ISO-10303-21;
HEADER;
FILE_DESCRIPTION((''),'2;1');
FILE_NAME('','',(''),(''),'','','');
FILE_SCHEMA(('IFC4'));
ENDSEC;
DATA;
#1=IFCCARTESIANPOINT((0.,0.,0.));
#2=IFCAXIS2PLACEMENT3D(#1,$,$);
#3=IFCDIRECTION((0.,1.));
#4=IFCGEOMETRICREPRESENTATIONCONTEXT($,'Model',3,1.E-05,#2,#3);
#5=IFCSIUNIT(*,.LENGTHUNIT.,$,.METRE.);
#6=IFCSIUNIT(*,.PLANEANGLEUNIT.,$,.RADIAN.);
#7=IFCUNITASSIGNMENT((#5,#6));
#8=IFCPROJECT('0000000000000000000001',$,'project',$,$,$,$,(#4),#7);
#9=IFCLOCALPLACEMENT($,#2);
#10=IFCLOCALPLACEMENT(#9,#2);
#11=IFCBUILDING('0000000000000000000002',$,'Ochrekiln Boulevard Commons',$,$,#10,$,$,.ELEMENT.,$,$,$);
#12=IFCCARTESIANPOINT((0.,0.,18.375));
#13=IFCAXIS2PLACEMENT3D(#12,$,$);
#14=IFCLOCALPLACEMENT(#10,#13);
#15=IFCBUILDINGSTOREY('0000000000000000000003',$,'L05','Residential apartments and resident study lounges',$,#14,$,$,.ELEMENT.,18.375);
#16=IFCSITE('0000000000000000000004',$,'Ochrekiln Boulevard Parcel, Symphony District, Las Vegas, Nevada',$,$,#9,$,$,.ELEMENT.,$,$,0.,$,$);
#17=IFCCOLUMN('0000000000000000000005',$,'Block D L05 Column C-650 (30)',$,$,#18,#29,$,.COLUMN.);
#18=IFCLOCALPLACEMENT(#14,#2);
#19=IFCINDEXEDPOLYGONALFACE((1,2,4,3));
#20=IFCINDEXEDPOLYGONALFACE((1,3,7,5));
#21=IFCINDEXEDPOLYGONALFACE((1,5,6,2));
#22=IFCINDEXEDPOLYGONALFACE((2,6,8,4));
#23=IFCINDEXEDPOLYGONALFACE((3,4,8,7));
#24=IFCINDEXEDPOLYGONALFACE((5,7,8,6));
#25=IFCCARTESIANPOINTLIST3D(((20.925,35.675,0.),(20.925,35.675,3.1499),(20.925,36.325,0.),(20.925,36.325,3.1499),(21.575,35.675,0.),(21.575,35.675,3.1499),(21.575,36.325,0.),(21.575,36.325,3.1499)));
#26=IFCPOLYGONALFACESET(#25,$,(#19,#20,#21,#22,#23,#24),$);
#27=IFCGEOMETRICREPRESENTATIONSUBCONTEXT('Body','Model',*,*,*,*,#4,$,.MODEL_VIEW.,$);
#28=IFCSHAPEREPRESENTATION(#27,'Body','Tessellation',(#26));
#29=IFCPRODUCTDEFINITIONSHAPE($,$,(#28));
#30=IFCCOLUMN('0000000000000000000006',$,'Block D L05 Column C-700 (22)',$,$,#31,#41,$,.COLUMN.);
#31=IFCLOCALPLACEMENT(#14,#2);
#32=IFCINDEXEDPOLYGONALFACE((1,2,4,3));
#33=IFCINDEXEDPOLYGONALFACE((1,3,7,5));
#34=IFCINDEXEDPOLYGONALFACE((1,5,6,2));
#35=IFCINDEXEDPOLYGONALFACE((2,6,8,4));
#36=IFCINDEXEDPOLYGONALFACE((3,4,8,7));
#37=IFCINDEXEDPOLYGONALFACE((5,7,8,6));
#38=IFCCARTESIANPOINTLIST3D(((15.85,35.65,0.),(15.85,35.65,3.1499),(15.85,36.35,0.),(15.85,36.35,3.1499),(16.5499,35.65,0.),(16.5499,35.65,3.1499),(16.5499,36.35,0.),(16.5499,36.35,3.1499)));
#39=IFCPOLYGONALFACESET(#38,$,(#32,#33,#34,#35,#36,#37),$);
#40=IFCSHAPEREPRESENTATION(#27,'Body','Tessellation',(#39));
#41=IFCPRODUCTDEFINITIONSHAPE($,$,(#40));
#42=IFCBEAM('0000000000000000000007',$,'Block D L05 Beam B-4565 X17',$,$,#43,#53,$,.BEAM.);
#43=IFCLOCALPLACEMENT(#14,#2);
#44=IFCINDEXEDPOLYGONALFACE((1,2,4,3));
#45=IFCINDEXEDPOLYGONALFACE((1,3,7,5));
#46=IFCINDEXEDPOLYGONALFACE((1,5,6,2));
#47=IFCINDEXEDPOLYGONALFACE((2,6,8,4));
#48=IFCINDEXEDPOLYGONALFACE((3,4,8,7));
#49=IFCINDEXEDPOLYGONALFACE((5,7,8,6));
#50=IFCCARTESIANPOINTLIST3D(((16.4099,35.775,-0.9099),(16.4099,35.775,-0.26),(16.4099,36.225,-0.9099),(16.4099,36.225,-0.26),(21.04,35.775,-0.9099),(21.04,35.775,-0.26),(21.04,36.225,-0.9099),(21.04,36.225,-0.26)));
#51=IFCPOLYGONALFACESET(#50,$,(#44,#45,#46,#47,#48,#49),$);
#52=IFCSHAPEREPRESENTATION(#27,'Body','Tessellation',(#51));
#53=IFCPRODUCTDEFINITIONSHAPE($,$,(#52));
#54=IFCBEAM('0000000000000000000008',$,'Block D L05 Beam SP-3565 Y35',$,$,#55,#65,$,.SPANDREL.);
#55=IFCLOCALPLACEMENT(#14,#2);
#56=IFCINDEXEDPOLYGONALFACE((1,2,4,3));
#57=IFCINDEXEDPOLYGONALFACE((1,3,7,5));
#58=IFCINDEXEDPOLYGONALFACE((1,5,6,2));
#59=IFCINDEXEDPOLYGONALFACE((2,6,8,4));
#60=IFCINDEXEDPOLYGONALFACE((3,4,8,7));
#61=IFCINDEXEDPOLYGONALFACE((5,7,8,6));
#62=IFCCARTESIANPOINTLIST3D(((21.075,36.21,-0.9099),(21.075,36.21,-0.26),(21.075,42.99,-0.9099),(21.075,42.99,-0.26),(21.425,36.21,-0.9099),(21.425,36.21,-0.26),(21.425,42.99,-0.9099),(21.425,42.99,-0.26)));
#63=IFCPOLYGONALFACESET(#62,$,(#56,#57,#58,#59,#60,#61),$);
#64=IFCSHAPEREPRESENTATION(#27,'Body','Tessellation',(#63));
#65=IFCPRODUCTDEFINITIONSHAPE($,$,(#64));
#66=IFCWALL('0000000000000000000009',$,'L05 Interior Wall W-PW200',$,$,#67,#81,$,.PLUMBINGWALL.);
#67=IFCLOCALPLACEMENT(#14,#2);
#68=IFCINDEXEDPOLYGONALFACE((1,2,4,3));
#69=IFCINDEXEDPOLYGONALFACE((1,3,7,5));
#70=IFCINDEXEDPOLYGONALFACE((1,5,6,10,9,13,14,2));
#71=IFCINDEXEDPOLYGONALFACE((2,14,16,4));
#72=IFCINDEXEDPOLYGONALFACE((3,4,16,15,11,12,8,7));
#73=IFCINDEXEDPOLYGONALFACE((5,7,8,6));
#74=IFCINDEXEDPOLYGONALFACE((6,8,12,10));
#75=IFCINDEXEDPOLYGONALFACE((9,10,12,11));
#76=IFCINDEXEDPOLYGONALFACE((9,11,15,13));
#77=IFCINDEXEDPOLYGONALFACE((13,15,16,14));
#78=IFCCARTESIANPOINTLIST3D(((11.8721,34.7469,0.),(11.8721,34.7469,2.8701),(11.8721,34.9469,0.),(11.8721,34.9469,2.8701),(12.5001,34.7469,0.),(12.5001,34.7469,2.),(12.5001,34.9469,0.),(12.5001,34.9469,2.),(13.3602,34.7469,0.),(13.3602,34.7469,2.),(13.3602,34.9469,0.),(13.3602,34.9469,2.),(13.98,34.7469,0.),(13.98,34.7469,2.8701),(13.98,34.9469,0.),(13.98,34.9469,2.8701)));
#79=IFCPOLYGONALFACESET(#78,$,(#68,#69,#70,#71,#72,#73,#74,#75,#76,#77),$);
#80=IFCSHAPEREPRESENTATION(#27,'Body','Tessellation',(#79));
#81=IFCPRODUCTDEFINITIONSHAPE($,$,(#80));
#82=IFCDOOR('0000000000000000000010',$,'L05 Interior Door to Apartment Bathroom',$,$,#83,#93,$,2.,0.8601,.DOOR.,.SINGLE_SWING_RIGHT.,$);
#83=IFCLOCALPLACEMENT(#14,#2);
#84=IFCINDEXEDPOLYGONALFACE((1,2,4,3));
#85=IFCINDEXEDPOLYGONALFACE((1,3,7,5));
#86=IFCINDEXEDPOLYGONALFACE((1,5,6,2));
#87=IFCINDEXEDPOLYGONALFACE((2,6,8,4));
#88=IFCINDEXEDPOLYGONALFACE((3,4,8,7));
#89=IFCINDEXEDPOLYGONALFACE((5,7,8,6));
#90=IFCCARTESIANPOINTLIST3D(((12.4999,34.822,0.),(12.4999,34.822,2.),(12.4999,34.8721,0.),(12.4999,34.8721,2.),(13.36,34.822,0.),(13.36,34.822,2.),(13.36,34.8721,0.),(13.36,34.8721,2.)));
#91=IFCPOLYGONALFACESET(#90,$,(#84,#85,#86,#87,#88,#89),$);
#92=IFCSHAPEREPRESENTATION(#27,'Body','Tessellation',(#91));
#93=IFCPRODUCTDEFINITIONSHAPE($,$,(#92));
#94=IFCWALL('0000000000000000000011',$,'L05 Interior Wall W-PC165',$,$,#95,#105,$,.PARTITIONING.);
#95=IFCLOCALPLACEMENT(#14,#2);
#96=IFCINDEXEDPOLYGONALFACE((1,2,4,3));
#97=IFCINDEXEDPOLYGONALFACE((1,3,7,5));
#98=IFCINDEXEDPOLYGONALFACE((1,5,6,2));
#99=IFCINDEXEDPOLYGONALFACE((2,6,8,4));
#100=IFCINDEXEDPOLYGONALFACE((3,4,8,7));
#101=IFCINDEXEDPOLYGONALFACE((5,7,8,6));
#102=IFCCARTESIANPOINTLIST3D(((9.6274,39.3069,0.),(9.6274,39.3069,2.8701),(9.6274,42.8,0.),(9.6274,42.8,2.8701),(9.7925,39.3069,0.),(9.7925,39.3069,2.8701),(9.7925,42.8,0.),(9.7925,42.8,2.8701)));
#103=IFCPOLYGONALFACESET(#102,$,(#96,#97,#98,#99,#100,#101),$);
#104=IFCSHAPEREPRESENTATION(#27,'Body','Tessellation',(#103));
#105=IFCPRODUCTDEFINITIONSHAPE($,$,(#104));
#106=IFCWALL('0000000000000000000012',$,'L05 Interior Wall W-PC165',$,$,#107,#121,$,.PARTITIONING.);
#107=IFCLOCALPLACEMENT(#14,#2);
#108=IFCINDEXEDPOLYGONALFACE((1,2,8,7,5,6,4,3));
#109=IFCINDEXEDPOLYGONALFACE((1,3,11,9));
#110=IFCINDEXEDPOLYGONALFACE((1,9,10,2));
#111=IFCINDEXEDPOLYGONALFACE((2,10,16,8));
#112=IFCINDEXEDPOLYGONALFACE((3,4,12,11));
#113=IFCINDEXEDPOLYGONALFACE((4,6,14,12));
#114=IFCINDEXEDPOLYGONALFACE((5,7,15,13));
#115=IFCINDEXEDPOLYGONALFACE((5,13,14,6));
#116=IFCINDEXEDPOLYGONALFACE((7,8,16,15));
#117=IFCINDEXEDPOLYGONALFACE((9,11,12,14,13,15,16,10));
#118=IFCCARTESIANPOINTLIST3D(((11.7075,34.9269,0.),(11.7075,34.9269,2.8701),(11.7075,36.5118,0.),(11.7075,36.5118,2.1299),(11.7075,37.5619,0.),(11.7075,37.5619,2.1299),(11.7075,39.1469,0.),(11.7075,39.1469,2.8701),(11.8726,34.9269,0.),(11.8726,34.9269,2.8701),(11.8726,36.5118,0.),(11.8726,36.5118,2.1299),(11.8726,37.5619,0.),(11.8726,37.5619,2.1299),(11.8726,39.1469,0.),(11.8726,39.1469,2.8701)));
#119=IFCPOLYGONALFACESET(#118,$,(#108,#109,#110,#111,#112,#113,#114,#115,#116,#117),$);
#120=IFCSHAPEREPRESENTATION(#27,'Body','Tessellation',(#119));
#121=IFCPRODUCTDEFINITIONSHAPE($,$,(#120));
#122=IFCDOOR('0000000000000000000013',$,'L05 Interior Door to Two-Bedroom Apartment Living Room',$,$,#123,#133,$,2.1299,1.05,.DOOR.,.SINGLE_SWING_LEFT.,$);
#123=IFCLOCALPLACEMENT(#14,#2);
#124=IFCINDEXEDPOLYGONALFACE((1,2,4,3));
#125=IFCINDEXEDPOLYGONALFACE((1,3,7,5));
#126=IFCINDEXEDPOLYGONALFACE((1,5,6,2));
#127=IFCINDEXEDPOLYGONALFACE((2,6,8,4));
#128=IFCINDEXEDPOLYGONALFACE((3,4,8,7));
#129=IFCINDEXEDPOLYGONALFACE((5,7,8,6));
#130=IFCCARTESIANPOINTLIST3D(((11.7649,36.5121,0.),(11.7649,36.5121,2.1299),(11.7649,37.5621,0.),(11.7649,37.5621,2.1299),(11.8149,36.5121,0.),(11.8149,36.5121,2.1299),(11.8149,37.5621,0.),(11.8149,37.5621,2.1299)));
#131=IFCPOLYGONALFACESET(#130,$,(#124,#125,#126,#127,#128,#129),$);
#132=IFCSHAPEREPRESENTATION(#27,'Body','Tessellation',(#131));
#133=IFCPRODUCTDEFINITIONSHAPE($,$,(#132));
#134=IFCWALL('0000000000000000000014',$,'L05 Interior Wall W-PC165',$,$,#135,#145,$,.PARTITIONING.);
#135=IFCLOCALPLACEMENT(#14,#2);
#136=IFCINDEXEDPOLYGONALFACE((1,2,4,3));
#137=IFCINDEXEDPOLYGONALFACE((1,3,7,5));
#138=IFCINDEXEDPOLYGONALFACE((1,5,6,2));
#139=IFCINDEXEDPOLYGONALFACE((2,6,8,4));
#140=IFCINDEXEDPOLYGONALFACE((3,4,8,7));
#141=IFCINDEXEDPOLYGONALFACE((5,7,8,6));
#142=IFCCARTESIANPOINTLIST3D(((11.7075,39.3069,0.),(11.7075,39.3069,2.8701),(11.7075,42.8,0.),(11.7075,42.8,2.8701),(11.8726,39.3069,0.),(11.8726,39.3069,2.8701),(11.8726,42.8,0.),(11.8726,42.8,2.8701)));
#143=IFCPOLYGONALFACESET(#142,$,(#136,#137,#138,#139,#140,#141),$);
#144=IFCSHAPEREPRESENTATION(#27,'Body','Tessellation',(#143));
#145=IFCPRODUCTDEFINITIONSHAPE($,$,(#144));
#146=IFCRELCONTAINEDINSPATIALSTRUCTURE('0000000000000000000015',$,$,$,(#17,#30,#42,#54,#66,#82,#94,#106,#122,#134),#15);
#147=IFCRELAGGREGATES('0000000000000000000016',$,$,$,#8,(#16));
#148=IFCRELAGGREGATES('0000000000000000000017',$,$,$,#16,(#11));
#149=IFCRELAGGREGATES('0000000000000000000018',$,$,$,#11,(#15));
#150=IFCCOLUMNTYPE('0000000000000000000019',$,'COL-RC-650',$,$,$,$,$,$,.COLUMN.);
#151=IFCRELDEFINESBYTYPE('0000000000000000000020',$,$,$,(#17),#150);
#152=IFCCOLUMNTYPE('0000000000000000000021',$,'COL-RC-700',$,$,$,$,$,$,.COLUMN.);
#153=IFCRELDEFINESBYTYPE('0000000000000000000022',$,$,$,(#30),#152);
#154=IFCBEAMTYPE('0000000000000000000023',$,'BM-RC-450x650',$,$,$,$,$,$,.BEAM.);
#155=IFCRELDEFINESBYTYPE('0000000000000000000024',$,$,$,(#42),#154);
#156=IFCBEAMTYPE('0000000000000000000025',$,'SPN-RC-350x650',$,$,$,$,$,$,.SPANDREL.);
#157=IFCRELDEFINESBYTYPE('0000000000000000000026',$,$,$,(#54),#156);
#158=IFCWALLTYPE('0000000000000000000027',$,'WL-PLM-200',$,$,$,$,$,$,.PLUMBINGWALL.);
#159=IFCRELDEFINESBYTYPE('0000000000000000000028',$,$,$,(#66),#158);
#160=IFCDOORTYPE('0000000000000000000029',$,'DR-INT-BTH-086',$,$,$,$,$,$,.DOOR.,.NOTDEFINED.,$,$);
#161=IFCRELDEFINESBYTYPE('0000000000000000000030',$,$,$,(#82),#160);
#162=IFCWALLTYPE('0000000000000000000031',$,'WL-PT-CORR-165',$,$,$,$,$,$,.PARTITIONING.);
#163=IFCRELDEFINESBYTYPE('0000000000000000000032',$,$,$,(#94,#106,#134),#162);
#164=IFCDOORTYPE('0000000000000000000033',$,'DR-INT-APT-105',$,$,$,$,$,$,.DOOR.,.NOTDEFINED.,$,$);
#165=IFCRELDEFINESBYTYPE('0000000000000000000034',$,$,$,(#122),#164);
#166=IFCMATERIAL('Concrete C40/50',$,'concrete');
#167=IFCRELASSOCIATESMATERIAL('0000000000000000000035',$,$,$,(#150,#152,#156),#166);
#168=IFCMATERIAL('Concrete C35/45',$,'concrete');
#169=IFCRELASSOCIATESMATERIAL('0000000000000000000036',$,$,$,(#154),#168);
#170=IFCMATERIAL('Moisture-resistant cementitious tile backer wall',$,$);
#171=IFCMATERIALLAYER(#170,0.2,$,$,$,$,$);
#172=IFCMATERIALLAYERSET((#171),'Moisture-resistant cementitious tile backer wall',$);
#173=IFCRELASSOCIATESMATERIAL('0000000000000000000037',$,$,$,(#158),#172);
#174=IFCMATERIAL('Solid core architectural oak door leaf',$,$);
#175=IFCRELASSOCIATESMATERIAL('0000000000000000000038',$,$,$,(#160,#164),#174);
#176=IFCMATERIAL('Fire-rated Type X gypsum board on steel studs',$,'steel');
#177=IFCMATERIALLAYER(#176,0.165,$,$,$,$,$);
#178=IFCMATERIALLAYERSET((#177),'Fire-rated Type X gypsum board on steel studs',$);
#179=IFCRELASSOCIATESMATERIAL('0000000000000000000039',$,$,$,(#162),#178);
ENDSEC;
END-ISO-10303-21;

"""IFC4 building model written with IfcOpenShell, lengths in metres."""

from ifc_helpers import new_model, si_unit, direction, frame, frame_2d, origin, origin_2d, place, context, subcontext, project, spatial, rectangle, extrude, material, layer, layer_set, material_profile, profile_set, type_object, element, fill, save


model = new_model("IFC4")

# Units and contexts
model_context = context("Model", 3, precision=1e-05, world=origin(), true_north=direction((0.0, 1.0)))
body_context = subcontext(model_context, "Body", "Model", "MODEL_VIEW")
ifc_project = project(units=[si_unit("LENGTHUNIT", "METRE"), si_unit("PLANEANGLEUNIT", "RADIAN")], contexts=[model_context])

# Site, building, storey
site_placement = place(None, origin())
site = spatial("IfcSite", under=ifc_project, at=site_placement, Name="Ochrekiln Boulevard Parcel, Symphony District, Las Vegas, Nevada", CompositionType="ELEMENT", RefElevation=0.0)
building_placement = place(site_placement, origin())
building = spatial("IfcBuilding", under=site, at=building_placement, Name="Ochrekiln Boulevard Commons", CompositionType="ELEMENT")
storey_placement = place(building_placement, frame((0.0, 0.0, 18.375)))
storey = spatial("IfcBuildingStorey", under=building, at=storey_placement, Name="L05", Description="Residential apartments and resident study lounges", CompositionType="ELEMENT", Elevation=18.375)

# Columns
ifc_material_1 = material(Name="Concrete C40/50", Category="concrete")
ifc_material_profile_1 = material_profile(ifc_material_1, rectangle(XDim=0.6499, YDim=0.6499, at=origin_2d()), Name="RC-COL-650x650")
ifc_profile_set_1 = profile_set([ifc_material_profile_1], Name="Concrete C40/50")
column_type_1 = type_object("IfcColumnType", Name="COL-RC-650", PredefinedType="COLUMN", material=ifc_profile_set_1)
column_1_placement = place(storey_placement, frame((21.25, 36.0, 0.0), z_axis=(0.0, 0.0, 1.0), x_axis=(1.0, 0.0, 0.0)))
element("IfcColumn", 1, at=column_1_placement, inside=storey, type_object=column_type_1, Name="Block D L05 Column C-650 (30)", PredefinedType="COLUMN", context=body_context, shape_type="SweptSolid", body=[
    extrude(rectangle(XDim=0.6499, YDim=0.6499, at=origin_2d()), origin(), (0.0, 0.0, 1.0), 3.1499),
])
ifc_material_profile_2 = material_profile(ifc_material_1, rectangle(XDim=0.7, YDim=0.7, at=origin_2d()), Name="RC-COL-700x700")
ifc_profile_set_2 = profile_set([ifc_material_profile_2], Name="Concrete C40/50")
column_type_2 = type_object("IfcColumnType", Name="COL-RC-700", PredefinedType="COLUMN", material=ifc_profile_set_2)
column_2_placement = place(storey_placement, frame((16.2, 36.0, 0.0), z_axis=(0.0, 0.0, 1.0), x_axis=(1.0, 0.0, 0.0)))
element("IfcColumn", 2, at=column_2_placement, inside=storey, type_object=column_type_2, Name="Block D L05 Column C-700 (22)", PredefinedType="COLUMN", context=body_context, shape_type="SweptSolid", body=[
    extrude(rectangle(XDim=0.7, YDim=0.7, at=origin_2d()), origin(), (0.0, 0.0, 1.0), 3.1499),
])

# Beams
ifc_material_2 = material(Name="Concrete C35/45", Category="concrete")
ifc_material_profile_3 = material_profile(ifc_material_2, rectangle(XDim=0.45, YDim=0.6499, at=origin_2d()), Name="RC-BM-450x650")
ifc_profile_set_3 = profile_set([ifc_material_profile_3], Name="Concrete C35/45")
beam_type_1 = type_object("IfcBeamType", Name="BM-RC-450x650", PredefinedType="BEAM", material=ifc_profile_set_3)
beam_1_placement = place(storey_placement, frame((16.4099, 36.0, -0.585), z_axis=(1.0, 0.0, 0.0), x_axis=(0.0, 1.0, 0.0)))
element("IfcBeam", 3, at=beam_1_placement, inside=storey, type_object=beam_type_1, Name="Block D L05 Beam B-4565 X17", PredefinedType="BEAM", context=body_context, shape_type="SweptSolid", body=[
    extrude(rectangle(XDim=0.45, YDim=0.6499, at=origin_2d()), origin(), (0.0, 0.0, 1.0), 4.6301),
])
ifc_material_profile_4 = material_profile(ifc_material_1, rectangle(XDim=0.3501, YDim=0.6499, at=origin_2d()), Name="RC-SPN-350x650")
ifc_profile_set_4 = profile_set([ifc_material_profile_4], Name="Concrete C40/50")
beam_type_2 = type_object("IfcBeamType", Name="SPN-RC-350x650", PredefinedType="SPANDREL", material=ifc_profile_set_4)
beam_2_placement = place(storey_placement, frame((21.25, 36.21, -0.585), z_axis=(0.0, 1.0, 0.0), x_axis=(-1.0, 0.0, 0.0)))
element("IfcBeam", 4, at=beam_2_placement, inside=storey, type_object=beam_type_2, Name="Block D L05 Beam SP-3565 Y35", PredefinedType="SPANDREL", context=body_context, shape_type="SweptSolid", body=[
    extrude(rectangle(XDim=0.3501, YDim=0.6499, at=origin_2d()), origin(), (0.0, 0.0, 1.0), 6.78),
])

# Wall, opening, door
ifc_material_3 = material(Name="Moisture-resistant cementitious tile backer wall")
ifc_layer_1 = layer(ifc_material_3, 0.2)
ifc_layer_set_1 = layer_set([ifc_layer_1], Name="Moisture-resistant cementitious tile backer wall")
wall_type_1 = type_object("IfcWallType", Name="WL-PLM-200", PredefinedType="PLUMBINGWALL", material=ifc_layer_set_1)
wall_1_placement = place(storey_placement, frame((11.8721, 34.8469, 0.0), z_axis=(0.0, 0.0, 1.0), x_axis=(1.0, 0.0, 0.0)))
wall_1 = element("IfcWall", 5, at=wall_1_placement, inside=storey, type_object=wall_type_1, Name="L05 Interior Wall W-PW200", PredefinedType="PLUMBINGWALL", context=body_context, shape_type="SweptSolid", body=[
    extrude(rectangle(XDim=2.1079, YDim=0.2, at=frame_2d((1.054, 0.0))), origin(), (0.0, 0.0, 1.0), 2.8701),
])
opening_1_placement = place(wall_1_placement, frame((0.6279, 0.0, 0.0)))
opening_1 = element("IfcOpeningElement", 6, at=opening_1_placement, cuts=wall_1, PredefinedType="OPENING", context=body_context, shape_type="SweptSolid", body=[
    extrude(rectangle(XDim=0.8601, YDim=2.0, at=frame_2d((0.4302, 1.0))), frame((0.0, 0.1099, 0.0), z_axis=(0.0, -1.0, 0.0), x_axis=(1.0, 0.0, 0.0)), (0.0, 0.0, 1.0), 0.22),
])
ifc_material_4 = material(Name="Solid core architectural oak door leaf")
door_type_1 = type_object("IfcDoorType", Name="DR-INT-BTH-086", OperationType="NOTDEFINED", PredefinedType="DOOR", material=ifc_material_4)
door_1_placement = place(opening_1_placement, frame((0.8601, 0.0, 0.0), z_axis=(0.0, 0.0, 1.0), x_axis=(-1.0, 0.0, 0.0)))
door_1 = element("IfcDoor", 7, at=door_1_placement, inside=storey, type_object=door_type_1, Name="L05 Interior Door to Apartment Bathroom", OperationType="SINGLE_SWING_RIGHT", OverallHeight=2.0, OverallWidth=0.8601, PredefinedType="DOOR", context=body_context, shape_type="SweptSolid", body=[
    extrude(rectangle(XDim=0.8601, YDim=2.0, at=frame_2d((0.4302, 1.0))), frame((0.0, 0.0249, 0.0), z_axis=(0.0, -1.0, 0.0), x_axis=(1.0, 0.0, 0.0)), (0.0, 0.0, 1.0), 0.05),
])
fill(opening_1, door_1)

# Wall
ifc_material_5 = material(Name="Fire-rated Type X gypsum board on steel studs", Category="steel")
ifc_layer_2 = layer(ifc_material_5, 0.165)
ifc_layer_set_2 = layer_set([ifc_layer_2], Name="Fire-rated Type X gypsum board on steel studs")
wall_type_2 = type_object("IfcWallType", Name="WL-PT-CORR-165", PredefinedType="PARTITIONING", material=ifc_layer_set_2)
wall_2_placement = place(storey_placement, frame((9.71, 39.3069, 0.0), z_axis=(0.0, 0.0, 1.0), x_axis=(0.0, 1.0, 0.0)))
element("IfcWall", 8, at=wall_2_placement, inside=storey, type_object=wall_type_2, Name="L05 Interior Wall W-PC165", PredefinedType="PARTITIONING", context=body_context, shape_type="SweptSolid", body=[
    extrude(rectangle(XDim=3.4932, YDim=0.165, at=frame_2d((1.7466, 0.0))), origin(), (0.0, 0.0, 1.0), 2.8701),
])

# Wall, opening, door
wall_3_placement = place(storey_placement, frame((11.79, 34.927, 0.0), z_axis=(0.0, 0.0, 1.0), x_axis=(0.0, 1.0, 0.0)))
wall_3 = element("IfcWall", 9, at=wall_3_placement, inside=storey, type_object=wall_type_2, Name="L05 Interior Wall W-PC165", PredefinedType="PARTITIONING", context=body_context, shape_type="SweptSolid", body=[
    extrude(rectangle(XDim=4.22, YDim=0.165, at=frame_2d((2.1099, 0.0))), origin(), (0.0, 0.0, 1.0), 2.8701),
])
opening_2_placement = place(wall_3_placement, frame((1.585, 0.0, 0.0)))
opening_2 = element("IfcOpeningElement", 10, at=opening_2_placement, cuts=wall_3, PredefinedType="OPENING", context=body_context, shape_type="SweptSolid", body=[
    extrude(rectangle(XDim=1.05, YDim=2.1299, at=frame_2d((0.5249, 1.0649))), frame((0.0, 0.0925, 0.0), z_axis=(0.0, -1.0, 0.0), x_axis=(1.0, 0.0, 0.0)), (0.0, 0.0, 1.0), 0.1851),
])
door_type_2 = type_object("IfcDoorType", Name="DR-INT-APT-105", OperationType="NOTDEFINED", PredefinedType="DOOR", material=ifc_material_4)
door_2_placement = place(opening_2_placement, frame((1.05, 0.0, 0.0), z_axis=(0.0, 0.0, 1.0), x_axis=(-1.0, 0.0, 0.0)))
door_2 = element("IfcDoor", 11, at=door_2_placement, inside=storey, type_object=door_type_2, Name="L05 Interior Door to Two-Bedroom Apartment Living Room", OperationType="SINGLE_SWING_LEFT", OverallHeight=2.1299, OverallWidth=1.05, PredefinedType="DOOR", context=body_context, shape_type="SweptSolid", body=[
    extrude(rectangle(XDim=1.05, YDim=2.1299, at=frame_2d((0.5249, 1.0649))), frame((0.0, 0.0249, 0.0), z_axis=(0.0, -1.0, 0.0), x_axis=(1.0, 0.0, 0.0)), (0.0, 0.0, 1.0), 0.05),
])
fill(opening_2, door_2)

# Wall
wall_4_placement = place(storey_placement, frame((11.79, 39.3069, 0.0), z_axis=(0.0, 0.0, 1.0), x_axis=(0.0, 1.0, 0.0)))
element("IfcWall", 12, at=wall_4_placement, inside=storey, type_object=wall_type_2, Name="L05 Interior Wall W-PC165", PredefinedType="PARTITIONING", context=body_context, shape_type="SweptSolid", body=[
    extrude(rectangle(XDim=3.4932, YDim=0.165, at=frame_2d((1.7466, 0.0))), origin(), (0.0, 0.0, 1.0), 2.8701),
])

save(model, "model.ifc")
